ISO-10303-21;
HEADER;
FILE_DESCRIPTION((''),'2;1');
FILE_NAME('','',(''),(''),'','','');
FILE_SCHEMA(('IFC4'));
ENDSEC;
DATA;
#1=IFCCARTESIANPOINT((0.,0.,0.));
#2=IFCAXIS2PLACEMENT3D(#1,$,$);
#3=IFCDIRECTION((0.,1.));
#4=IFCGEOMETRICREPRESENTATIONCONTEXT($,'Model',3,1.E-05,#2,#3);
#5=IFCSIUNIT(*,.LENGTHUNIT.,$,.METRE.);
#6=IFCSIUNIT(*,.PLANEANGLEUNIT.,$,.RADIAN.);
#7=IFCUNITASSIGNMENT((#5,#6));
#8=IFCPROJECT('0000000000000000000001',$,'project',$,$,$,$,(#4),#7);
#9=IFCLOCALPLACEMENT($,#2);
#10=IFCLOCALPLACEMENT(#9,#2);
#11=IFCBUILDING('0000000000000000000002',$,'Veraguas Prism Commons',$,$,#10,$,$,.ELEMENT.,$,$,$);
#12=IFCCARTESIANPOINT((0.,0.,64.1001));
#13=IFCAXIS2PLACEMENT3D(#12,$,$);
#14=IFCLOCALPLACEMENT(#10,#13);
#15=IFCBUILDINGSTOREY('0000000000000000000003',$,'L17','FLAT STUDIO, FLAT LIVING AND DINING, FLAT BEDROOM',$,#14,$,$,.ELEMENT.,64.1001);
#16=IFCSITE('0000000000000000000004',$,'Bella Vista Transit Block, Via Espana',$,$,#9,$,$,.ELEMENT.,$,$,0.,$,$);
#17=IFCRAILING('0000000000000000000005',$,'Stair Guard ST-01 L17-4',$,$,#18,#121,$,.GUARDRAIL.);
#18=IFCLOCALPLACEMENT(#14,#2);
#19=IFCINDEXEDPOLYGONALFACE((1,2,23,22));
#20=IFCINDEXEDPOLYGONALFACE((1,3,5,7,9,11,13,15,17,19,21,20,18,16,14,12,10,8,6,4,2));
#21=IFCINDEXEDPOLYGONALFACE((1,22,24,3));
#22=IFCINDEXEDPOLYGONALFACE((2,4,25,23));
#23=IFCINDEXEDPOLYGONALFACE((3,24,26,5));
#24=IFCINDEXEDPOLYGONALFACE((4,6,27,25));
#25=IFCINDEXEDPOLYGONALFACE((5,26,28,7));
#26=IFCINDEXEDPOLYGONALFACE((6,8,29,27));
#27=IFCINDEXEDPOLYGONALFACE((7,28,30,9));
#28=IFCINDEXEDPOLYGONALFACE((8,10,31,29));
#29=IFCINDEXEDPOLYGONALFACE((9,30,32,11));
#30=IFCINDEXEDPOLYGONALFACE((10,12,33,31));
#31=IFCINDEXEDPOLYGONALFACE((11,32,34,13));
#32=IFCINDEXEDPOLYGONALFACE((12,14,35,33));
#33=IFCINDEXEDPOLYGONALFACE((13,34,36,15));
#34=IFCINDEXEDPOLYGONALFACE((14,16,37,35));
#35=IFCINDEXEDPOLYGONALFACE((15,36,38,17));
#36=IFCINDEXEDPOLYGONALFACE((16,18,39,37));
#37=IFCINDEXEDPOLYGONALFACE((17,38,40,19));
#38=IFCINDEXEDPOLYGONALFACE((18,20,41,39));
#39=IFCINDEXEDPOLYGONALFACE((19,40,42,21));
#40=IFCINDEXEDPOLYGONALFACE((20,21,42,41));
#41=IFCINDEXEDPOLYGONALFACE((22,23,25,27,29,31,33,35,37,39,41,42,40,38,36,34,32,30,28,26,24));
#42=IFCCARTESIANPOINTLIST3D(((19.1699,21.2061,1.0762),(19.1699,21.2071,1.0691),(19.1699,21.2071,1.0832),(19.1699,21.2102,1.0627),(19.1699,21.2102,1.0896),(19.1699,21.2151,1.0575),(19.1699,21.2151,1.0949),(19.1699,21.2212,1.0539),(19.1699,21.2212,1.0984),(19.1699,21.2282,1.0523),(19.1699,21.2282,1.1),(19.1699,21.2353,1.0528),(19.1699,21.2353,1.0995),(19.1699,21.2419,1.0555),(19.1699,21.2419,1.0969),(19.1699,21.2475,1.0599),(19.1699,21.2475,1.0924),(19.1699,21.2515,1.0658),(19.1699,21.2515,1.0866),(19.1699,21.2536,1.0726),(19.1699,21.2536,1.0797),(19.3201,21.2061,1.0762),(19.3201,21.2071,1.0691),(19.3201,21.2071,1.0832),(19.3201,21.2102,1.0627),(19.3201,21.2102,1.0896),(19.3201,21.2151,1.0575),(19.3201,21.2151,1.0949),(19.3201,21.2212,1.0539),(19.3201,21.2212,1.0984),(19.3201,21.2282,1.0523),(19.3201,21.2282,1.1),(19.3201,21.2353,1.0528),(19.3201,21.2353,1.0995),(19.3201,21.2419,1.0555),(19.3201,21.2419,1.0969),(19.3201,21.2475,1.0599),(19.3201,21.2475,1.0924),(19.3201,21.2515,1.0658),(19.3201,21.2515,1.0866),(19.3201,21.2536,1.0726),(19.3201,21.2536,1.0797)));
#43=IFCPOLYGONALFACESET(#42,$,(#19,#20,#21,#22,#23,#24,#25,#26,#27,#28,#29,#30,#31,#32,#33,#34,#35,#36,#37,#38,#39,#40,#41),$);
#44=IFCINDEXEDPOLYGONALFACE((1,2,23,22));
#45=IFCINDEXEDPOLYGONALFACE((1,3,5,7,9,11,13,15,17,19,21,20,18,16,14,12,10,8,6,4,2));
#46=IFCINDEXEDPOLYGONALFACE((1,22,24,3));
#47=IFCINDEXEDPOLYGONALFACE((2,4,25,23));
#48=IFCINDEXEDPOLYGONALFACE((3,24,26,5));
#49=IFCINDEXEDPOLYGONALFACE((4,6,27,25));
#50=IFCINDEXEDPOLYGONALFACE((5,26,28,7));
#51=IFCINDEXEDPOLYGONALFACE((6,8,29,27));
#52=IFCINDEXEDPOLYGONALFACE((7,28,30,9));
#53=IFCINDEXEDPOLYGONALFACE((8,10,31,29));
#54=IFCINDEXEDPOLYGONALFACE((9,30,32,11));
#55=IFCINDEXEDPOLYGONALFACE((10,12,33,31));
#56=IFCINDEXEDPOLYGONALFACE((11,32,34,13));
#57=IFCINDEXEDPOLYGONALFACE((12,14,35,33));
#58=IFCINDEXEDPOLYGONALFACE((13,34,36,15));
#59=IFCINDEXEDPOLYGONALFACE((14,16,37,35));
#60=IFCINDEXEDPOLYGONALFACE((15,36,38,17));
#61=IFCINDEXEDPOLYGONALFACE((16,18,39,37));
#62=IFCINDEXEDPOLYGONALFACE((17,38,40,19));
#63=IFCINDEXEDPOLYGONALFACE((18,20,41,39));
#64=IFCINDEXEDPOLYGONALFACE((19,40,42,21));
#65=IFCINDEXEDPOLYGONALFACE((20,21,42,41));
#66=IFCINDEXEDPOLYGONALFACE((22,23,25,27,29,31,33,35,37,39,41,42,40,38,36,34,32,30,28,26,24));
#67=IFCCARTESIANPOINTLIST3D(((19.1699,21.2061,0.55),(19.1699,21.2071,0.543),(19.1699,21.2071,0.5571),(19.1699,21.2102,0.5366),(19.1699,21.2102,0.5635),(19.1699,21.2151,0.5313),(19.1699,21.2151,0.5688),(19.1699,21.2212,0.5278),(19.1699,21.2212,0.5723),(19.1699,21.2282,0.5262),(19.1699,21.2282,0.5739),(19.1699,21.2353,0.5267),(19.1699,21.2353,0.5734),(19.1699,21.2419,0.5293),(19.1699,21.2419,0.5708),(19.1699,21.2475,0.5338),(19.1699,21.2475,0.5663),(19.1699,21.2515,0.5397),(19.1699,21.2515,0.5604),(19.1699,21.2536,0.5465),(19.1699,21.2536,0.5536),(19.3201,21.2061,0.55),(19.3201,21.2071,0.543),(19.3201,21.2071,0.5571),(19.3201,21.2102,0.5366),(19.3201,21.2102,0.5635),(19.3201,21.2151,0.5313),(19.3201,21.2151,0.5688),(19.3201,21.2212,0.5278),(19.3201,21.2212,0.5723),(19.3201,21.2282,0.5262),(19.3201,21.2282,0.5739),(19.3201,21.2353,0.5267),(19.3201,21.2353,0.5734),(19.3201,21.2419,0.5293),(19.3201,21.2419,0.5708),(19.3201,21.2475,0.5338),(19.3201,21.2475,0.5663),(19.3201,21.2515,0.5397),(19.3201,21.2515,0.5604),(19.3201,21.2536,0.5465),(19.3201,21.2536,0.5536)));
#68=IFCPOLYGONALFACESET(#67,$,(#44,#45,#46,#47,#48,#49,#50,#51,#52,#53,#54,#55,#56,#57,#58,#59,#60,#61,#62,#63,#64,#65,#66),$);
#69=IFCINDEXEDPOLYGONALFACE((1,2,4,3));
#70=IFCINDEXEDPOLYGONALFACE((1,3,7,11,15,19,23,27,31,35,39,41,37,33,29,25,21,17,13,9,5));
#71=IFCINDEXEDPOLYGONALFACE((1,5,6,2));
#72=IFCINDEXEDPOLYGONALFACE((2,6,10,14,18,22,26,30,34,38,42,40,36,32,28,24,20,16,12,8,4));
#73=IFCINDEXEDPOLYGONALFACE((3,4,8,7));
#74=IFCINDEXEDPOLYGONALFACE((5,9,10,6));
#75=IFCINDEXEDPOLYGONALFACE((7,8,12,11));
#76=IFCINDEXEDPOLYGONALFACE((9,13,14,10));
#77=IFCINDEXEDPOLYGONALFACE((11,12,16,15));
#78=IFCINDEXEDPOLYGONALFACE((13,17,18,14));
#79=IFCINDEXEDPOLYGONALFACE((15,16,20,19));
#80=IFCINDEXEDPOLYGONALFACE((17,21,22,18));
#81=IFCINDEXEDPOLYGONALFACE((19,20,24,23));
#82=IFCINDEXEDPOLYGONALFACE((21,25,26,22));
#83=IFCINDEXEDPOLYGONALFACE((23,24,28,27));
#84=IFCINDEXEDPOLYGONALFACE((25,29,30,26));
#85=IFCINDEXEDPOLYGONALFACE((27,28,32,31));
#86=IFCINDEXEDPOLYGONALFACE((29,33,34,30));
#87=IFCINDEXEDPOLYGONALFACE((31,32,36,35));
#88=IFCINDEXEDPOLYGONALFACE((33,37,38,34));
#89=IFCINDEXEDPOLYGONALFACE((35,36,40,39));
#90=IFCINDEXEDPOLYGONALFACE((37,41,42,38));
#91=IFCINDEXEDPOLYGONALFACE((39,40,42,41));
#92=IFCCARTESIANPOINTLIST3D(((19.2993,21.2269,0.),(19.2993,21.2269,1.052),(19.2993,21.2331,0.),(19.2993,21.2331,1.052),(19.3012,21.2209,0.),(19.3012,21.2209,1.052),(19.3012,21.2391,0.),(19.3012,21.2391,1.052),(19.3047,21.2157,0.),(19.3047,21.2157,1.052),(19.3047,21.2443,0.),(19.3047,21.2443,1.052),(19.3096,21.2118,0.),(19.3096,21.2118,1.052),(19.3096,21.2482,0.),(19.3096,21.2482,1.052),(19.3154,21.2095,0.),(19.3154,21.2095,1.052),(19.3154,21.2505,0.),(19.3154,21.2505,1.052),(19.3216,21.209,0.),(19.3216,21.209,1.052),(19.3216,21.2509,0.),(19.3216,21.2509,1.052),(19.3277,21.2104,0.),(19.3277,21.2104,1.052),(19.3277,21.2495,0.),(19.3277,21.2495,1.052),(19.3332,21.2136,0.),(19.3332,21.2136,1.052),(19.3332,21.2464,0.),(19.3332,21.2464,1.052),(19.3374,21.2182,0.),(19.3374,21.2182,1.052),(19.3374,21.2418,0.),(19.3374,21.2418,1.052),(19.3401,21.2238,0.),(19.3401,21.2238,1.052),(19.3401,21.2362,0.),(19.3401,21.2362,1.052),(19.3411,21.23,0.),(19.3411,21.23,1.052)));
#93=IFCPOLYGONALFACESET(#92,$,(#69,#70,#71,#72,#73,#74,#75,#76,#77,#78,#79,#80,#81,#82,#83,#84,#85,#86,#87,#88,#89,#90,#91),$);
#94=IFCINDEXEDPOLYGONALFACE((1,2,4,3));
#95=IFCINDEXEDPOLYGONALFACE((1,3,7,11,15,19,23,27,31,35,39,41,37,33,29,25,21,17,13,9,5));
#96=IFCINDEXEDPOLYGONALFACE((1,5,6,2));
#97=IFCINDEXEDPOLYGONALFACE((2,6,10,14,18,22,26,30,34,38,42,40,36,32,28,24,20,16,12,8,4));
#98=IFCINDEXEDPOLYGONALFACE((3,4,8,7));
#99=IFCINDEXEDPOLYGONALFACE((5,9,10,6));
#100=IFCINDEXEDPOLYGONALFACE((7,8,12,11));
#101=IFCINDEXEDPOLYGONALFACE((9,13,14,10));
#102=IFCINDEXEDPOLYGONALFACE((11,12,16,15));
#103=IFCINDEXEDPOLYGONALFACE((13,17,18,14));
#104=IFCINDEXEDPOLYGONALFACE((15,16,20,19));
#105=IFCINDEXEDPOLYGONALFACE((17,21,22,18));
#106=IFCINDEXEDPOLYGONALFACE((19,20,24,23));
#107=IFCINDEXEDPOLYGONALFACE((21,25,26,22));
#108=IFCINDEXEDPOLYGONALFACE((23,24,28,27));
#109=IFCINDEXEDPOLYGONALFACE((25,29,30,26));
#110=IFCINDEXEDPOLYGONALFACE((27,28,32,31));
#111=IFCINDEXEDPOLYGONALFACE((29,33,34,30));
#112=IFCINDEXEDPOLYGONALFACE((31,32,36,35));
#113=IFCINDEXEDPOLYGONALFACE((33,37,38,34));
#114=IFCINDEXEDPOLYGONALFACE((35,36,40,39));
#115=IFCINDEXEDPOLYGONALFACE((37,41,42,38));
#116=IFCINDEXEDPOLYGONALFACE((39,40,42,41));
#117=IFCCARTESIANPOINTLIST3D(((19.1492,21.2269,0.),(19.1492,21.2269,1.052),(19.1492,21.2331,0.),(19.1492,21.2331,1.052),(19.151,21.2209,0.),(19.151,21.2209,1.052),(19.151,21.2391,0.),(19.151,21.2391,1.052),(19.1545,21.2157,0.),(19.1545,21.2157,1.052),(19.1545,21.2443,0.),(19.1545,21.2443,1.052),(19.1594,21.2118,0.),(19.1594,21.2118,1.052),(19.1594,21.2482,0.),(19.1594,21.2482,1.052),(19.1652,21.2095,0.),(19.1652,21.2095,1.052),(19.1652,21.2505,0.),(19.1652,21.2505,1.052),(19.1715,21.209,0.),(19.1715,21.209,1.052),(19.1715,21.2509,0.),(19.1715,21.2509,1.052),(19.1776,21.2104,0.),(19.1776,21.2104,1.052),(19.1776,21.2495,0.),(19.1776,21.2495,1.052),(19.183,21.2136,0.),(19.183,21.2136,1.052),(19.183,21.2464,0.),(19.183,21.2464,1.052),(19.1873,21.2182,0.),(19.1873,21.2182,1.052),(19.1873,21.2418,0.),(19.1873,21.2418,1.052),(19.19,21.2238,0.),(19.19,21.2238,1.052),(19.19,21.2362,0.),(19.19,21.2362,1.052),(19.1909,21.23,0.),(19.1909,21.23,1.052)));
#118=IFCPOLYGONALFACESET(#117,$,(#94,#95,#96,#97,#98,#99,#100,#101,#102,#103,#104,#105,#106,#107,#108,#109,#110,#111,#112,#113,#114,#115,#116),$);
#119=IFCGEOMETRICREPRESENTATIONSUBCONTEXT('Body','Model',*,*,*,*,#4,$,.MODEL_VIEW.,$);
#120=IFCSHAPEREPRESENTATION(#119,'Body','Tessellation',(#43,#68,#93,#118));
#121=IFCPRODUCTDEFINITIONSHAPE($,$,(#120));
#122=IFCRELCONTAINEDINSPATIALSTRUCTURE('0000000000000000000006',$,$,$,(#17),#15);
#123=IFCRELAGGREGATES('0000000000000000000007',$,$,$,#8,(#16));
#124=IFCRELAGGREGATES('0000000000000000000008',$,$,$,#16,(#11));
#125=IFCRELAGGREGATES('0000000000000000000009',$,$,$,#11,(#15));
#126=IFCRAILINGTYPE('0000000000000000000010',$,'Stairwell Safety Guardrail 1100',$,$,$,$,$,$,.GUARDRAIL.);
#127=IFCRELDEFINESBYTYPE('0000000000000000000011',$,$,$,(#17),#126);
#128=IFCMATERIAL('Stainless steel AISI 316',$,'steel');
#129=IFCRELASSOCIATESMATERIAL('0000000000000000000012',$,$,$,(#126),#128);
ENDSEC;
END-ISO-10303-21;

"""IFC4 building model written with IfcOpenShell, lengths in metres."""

from ifc_helpers import new_model, si_unit, direction, frame, origin, origin_2d, place, context, subcontext, project, spatial, circle, extrude, material, type_object, element, save


model = new_model("IFC4")

# Units and contexts
model_context = context("Model", 3, precision=1e-05, world=origin(), true_north=direction((0.0, 1.0)))
body_context = subcontext(model_context, "Body", "Model", "MODEL_VIEW")
ifc_project = project(units=[si_unit("LENGTHUNIT", "METRE"), si_unit("PLANEANGLEUNIT", "RADIAN")], contexts=[model_context])

# Site, building, storey
site_placement = place(None, origin())
site = spatial("IfcSite", under=ifc_project, at=site_placement, Name="Bella Vista Transit Block, Via Espana", CompositionType="ELEMENT", RefElevation=0.0)
building_placement = place(site_placement, origin())
building = spatial("IfcBuilding", under=site, at=building_placement, Name="Veraguas Prism Commons", CompositionType="ELEMENT")
storey_placement = place(building_placement, frame((0.0, 0.0, 64.1001)))
storey = spatial("IfcBuildingStorey", under=building, at=storey_placement, Name="L17", Description="FLAT STUDIO, FLAT LIVING AND DINING, FLAT BEDROOM", CompositionType="ELEMENT", Elevation=64.1001)

# Railing
ifc_material_1 = material(Name="Stainless steel AISI 316", Category="steel")
railing_type_1 = type_object("IfcRailingType", Name="Stairwell Safety Guardrail 1100", PredefinedType="GUARDRAIL", material=ifc_material_1)
railing_1_placement = place(storey_placement, frame((19.3201, 21.23, 0.0)))
element("IfcRailing", 1, at=railing_1_placement, inside=storey, type_object=railing_type_1, Name="Stair Guard ST-01 L17-4", PredefinedType="GUARDRAIL", context=body_context, shape_type="SweptSolid", body=[
    extrude(circle(Radius=0.0239, at=origin_2d()), frame((0.0, 0.0, 1.0762), z_axis=(-1.0, 0.0, 0.0), x_axis=(0.0, -1.0, 0.0)), (0.0, 0.0, 1.0), 0.1501),
    extrude(circle(Radius=0.0239, at=origin_2d()), frame((0.0, 0.0, 0.55), z_axis=(-1.0, 0.0, 0.0), x_axis=(0.0, -1.0, 0.0)), (0.0, 0.0, 1.0), 0.1501),
    extrude(circle(Radius=0.021, at=origin_2d()), origin(), (0.0, 0.0, 1.0), 1.052),
    extrude(circle(Radius=0.021, at=origin_2d()), frame((-0.1501, 0.0, 0.0)), (0.0, 0.0, 1.0), 1.052),
])

save(model, "model.ifc")
